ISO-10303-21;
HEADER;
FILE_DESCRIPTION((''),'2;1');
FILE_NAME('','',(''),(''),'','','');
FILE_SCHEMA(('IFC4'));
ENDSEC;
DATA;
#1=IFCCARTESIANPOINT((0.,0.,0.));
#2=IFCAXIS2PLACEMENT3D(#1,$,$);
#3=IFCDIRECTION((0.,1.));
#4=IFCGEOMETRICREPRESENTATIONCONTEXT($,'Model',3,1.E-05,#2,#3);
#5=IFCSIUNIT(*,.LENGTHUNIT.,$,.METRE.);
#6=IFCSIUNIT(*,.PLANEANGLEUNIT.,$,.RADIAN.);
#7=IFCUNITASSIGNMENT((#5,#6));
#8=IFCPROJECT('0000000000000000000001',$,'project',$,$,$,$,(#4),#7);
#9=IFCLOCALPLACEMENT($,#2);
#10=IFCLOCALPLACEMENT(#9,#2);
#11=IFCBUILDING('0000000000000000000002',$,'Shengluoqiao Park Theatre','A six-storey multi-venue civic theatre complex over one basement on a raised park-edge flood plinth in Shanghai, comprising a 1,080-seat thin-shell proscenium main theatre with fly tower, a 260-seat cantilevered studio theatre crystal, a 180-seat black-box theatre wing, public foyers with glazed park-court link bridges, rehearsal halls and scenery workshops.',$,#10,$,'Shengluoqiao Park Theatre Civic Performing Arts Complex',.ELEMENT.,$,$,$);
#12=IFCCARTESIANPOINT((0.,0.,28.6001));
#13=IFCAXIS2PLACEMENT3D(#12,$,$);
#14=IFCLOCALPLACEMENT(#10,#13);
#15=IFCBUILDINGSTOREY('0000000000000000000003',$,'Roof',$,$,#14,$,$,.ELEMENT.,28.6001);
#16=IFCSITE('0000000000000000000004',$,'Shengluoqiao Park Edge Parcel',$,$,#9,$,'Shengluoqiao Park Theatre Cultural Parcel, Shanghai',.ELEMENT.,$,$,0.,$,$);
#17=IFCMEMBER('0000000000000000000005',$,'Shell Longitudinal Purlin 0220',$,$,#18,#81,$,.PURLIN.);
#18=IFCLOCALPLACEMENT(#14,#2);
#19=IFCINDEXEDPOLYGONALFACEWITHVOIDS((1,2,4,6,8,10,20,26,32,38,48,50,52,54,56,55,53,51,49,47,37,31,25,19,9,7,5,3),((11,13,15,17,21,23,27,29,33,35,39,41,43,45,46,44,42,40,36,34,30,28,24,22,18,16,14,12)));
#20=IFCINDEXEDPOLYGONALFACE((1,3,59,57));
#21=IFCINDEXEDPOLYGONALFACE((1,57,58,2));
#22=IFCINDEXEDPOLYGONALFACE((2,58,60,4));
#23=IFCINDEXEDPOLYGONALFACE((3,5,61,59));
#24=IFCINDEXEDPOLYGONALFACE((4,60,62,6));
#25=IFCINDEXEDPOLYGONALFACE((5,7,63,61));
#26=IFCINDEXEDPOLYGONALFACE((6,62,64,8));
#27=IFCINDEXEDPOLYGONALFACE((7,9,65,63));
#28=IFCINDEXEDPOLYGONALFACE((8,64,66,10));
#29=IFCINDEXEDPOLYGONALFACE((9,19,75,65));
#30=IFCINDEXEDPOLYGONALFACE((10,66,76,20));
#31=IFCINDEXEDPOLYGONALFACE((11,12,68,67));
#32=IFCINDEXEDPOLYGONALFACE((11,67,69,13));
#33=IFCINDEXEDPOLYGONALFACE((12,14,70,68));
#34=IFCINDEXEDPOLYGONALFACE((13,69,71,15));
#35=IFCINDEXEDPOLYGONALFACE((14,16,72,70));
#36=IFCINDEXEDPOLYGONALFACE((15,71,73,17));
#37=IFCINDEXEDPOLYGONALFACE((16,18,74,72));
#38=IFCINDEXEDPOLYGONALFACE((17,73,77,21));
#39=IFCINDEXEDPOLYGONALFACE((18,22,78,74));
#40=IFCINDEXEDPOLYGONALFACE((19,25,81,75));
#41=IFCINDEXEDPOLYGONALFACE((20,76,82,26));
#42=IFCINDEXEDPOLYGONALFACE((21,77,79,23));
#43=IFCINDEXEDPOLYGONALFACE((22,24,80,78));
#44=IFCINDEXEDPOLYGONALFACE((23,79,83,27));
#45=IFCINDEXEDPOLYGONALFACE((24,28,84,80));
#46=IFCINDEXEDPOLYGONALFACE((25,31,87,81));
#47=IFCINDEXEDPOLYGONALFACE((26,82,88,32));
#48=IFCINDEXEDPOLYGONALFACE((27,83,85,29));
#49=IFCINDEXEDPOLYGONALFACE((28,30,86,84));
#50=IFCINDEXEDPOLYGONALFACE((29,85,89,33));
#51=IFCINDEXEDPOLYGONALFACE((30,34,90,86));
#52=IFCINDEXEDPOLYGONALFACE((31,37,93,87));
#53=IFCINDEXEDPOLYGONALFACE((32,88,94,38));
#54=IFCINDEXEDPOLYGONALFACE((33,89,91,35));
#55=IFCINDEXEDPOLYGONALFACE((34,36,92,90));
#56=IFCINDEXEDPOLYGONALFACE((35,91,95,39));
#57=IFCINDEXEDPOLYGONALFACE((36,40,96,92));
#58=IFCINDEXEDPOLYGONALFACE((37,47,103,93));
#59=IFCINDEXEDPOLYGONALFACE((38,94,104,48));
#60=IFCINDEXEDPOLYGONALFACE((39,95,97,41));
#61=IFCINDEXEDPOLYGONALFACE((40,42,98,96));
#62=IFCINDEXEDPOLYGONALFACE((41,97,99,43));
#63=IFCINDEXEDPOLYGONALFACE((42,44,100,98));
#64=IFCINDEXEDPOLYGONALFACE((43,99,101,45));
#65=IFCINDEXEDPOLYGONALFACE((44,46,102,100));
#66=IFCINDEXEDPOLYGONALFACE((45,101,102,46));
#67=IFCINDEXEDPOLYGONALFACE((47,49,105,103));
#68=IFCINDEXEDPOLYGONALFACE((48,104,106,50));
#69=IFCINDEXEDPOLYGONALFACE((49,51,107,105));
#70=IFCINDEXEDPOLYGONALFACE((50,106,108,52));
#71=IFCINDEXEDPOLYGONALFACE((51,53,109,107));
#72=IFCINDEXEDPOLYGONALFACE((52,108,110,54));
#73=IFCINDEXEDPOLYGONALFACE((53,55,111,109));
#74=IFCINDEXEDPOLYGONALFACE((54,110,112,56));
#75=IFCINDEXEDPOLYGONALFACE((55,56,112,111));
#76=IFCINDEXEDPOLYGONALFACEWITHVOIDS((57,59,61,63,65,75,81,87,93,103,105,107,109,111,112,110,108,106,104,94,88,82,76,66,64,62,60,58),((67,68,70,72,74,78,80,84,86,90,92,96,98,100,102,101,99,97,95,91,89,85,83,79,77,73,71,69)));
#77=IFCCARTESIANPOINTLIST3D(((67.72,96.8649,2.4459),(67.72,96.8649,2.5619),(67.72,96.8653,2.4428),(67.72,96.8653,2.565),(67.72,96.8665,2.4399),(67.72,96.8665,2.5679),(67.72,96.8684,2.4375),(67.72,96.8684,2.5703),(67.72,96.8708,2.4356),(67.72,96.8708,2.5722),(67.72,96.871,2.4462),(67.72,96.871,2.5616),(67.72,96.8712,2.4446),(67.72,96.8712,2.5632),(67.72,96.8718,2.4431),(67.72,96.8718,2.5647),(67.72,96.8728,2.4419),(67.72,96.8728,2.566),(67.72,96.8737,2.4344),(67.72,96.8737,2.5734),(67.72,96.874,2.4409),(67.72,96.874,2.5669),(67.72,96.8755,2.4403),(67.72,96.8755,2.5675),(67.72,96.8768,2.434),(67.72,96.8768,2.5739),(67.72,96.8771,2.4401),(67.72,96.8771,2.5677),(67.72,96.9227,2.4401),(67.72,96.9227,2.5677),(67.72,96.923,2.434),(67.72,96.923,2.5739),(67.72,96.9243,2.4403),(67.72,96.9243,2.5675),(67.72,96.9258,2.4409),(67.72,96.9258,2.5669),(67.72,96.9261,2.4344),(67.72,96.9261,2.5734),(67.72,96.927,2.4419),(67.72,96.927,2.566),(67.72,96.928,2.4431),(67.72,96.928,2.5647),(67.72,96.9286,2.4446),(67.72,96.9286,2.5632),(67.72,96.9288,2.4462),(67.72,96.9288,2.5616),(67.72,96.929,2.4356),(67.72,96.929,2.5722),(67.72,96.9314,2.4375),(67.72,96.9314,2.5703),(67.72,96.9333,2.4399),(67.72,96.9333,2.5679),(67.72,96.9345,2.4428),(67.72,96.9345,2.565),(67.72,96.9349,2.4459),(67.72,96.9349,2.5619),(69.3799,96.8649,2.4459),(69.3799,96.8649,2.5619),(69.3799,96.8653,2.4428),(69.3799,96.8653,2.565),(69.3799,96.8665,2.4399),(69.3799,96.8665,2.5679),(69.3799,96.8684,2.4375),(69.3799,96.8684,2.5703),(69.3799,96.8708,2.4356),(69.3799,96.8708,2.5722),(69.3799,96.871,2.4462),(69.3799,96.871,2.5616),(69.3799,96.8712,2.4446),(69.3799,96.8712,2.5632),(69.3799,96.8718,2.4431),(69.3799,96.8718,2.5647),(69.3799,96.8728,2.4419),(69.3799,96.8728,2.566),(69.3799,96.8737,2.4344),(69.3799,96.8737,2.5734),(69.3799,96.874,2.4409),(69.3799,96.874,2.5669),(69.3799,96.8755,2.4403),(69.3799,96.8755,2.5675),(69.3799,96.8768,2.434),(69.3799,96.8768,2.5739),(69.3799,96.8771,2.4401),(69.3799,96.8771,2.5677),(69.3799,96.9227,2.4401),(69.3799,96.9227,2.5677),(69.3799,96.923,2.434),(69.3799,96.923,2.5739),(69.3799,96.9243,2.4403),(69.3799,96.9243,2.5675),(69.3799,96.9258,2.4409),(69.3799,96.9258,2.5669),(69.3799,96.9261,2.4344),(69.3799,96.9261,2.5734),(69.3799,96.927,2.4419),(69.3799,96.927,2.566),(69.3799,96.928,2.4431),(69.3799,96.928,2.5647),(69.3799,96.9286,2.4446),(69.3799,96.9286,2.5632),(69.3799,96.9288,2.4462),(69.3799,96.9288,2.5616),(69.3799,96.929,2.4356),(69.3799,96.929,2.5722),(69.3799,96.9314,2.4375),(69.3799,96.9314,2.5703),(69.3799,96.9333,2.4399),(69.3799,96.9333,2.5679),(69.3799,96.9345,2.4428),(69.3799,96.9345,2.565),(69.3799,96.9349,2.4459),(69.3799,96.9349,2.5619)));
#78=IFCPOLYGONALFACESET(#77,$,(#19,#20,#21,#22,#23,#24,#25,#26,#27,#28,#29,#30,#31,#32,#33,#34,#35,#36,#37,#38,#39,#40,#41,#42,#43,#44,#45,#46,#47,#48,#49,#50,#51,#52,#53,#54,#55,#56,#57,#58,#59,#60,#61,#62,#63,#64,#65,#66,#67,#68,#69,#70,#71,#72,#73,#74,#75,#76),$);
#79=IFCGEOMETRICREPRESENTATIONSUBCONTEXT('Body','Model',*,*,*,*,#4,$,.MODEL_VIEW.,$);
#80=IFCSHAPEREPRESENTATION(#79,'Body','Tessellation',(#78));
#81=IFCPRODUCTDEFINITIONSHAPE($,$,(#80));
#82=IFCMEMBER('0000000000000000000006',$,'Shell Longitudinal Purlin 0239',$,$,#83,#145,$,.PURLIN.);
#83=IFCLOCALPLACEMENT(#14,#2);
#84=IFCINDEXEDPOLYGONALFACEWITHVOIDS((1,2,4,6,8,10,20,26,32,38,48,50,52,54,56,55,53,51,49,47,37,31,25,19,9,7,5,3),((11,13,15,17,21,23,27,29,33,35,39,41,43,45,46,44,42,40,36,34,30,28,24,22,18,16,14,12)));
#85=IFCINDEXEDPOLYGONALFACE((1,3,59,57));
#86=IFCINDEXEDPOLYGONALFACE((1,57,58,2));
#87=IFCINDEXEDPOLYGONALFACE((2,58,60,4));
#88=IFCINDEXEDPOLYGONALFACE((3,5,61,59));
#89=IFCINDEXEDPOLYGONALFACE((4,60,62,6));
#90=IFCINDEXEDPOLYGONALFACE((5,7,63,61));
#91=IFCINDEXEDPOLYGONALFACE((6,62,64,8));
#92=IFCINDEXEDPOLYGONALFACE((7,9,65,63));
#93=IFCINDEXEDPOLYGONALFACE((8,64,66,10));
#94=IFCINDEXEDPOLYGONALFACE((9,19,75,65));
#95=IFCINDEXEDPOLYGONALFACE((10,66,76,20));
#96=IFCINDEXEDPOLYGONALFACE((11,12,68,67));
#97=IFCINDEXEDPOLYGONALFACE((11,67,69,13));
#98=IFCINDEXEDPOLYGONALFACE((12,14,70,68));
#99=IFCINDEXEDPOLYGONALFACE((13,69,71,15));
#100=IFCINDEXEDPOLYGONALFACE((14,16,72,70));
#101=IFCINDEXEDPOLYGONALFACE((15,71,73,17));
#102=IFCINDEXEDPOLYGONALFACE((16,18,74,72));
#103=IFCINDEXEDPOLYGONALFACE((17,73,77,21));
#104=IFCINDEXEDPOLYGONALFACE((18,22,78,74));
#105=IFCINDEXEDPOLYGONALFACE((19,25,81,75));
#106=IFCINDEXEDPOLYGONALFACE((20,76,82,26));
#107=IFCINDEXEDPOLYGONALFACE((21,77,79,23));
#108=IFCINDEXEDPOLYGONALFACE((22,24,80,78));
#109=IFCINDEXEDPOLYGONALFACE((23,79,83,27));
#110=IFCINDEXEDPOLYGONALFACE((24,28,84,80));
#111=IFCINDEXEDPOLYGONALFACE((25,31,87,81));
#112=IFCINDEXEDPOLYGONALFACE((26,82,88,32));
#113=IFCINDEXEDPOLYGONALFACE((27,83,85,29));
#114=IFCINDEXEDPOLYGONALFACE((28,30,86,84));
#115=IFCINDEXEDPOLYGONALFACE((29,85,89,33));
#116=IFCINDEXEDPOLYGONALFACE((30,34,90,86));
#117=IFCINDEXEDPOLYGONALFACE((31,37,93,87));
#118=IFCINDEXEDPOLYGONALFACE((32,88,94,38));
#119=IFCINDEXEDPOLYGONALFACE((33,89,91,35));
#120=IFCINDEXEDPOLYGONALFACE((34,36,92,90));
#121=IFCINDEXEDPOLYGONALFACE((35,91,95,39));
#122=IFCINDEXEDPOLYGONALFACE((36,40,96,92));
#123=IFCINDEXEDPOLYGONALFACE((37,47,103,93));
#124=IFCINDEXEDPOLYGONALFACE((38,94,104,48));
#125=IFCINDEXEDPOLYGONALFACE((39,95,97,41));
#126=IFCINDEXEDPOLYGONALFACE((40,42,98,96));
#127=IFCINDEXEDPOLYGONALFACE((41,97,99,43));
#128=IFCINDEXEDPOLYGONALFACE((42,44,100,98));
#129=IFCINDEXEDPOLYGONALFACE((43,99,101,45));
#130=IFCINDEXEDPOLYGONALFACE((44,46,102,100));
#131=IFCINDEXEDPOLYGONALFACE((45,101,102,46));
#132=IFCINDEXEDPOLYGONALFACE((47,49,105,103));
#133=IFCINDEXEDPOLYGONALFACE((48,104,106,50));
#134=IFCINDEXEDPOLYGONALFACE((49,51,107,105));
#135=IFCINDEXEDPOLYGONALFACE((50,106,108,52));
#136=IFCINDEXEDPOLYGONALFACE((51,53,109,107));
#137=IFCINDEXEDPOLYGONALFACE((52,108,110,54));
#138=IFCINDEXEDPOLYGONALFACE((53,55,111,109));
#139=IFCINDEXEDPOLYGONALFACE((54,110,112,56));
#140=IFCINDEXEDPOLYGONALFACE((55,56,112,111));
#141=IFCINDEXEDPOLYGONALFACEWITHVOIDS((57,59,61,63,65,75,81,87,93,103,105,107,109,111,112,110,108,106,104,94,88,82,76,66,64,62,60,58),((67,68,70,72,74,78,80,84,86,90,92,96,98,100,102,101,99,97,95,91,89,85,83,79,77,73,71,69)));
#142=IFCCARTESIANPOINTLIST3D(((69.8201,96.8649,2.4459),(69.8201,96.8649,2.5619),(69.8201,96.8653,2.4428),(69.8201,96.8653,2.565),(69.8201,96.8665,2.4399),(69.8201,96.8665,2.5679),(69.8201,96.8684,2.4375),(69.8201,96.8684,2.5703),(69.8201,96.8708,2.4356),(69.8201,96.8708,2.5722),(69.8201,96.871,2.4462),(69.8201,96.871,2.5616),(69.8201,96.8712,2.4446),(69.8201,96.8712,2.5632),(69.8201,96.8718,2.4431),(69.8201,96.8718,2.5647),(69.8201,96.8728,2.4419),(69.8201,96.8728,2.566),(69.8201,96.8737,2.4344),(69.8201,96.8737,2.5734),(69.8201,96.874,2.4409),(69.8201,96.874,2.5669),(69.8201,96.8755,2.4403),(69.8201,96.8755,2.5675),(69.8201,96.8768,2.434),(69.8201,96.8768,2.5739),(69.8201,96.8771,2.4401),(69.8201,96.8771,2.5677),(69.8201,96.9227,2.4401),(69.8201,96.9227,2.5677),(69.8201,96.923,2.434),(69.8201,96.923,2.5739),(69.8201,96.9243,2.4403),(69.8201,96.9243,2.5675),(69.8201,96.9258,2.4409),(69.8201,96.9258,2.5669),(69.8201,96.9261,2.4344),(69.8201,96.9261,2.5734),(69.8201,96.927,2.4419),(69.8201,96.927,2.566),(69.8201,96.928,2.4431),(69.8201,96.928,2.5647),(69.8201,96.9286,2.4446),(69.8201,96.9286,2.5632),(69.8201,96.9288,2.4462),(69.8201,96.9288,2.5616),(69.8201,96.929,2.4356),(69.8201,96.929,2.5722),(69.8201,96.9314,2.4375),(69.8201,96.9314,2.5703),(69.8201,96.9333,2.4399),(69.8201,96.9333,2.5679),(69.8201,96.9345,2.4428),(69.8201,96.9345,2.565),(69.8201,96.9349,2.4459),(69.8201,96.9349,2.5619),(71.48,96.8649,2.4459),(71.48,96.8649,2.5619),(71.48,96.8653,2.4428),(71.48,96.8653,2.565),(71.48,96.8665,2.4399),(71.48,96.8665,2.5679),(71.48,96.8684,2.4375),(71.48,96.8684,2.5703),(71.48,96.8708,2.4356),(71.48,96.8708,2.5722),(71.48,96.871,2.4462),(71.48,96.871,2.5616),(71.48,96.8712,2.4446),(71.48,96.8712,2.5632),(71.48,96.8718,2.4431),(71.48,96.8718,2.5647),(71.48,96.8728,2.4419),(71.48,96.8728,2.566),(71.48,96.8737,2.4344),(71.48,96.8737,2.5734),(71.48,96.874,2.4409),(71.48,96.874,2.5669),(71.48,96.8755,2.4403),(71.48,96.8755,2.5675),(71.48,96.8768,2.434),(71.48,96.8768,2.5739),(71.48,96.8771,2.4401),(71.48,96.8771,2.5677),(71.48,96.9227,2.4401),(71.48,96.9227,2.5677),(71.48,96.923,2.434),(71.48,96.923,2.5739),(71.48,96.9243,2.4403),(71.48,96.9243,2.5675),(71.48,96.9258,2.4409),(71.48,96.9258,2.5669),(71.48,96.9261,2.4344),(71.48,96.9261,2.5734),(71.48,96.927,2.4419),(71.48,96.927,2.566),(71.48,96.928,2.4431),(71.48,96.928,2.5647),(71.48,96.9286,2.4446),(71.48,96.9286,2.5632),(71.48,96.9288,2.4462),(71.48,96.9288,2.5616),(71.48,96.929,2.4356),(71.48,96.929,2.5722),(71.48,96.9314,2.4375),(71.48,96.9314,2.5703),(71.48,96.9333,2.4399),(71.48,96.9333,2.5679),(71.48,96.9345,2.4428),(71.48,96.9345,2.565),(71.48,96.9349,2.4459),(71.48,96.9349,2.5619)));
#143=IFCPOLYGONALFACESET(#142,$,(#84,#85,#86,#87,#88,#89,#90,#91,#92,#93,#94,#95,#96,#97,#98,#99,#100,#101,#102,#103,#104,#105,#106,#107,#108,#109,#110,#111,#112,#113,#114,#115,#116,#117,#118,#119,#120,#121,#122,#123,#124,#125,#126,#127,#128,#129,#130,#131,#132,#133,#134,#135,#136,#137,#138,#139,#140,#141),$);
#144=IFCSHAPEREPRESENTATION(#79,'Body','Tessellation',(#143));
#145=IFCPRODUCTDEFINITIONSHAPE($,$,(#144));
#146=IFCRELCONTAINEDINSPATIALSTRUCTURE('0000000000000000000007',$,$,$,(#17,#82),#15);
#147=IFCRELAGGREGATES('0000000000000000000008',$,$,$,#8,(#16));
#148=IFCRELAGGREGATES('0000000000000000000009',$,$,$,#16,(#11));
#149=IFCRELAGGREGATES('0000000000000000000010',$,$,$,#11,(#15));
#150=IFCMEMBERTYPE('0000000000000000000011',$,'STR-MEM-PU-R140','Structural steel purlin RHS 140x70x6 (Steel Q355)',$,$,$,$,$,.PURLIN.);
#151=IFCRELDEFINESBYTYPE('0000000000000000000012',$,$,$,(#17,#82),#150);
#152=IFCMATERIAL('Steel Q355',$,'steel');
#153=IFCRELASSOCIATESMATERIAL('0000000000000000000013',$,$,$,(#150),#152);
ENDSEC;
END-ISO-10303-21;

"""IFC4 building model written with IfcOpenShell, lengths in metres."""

from ifc_helpers import new_model, si_unit, direction, frame, origin, origin_2d, place, context, subcontext, project, spatial, hollow_rectangle, extrude, material, material_profile, profile_set, type_object, element, save


model = new_model("IFC4")

# Units and contexts
model_context = context("Model", 3, precision=1e-05, world=origin(), true_north=direction((0.0, 1.0)))
body_context = subcontext(model_context, "Body", "Model", "MODEL_VIEW")
ifc_project = project(units=[si_unit("LENGTHUNIT", "METRE"), si_unit("PLANEANGLEUNIT", "RADIAN")], contexts=[model_context])

# Site, building, storey
site_placement = place(None, origin())
site = spatial("IfcSite", under=ifc_project, at=site_placement, Name="Shengluoqiao Park Edge Parcel", LongName="Shengluoqiao Park Theatre Cultural Parcel, Shanghai", CompositionType="ELEMENT", RefElevation=0.0)
building_placement = place(site_placement, origin())
building = spatial("IfcBuilding", under=site, at=building_placement, Name="Shengluoqiao Park Theatre", Description="A six-storey multi-venue civic theatre complex over one basement on a raised park-edge flood plinth in Shanghai, comprising a 1,080-seat thin-shell proscenium main theatre with fly tower, a 260-seat cantilevered studio theatre crystal, a 180-seat black-box theatre wing, public foyers with glazed park-court link bridges, rehearsal halls and scenery workshops.", LongName="Shengluoqiao Park Theatre Civic Performing Arts Complex", CompositionType="ELEMENT")
storey_placement = place(building_placement, frame((0.0, 0.0, 28.6001)))
storey = spatial("IfcBuildingStorey", under=building, at=storey_placement, Name="Roof", CompositionType="ELEMENT", Elevation=28.6001)

# Shared definitions
ifc_material_1 = material(Name="Steel Q355", Category="steel")

# Members
ifc_material_profile_1 = material_profile(ifc_material_1, hollow_rectangle(XDim=0.0701, YDim=0.1399, WallThickness=0.0061, InnerFilletRadius=0.0061, OuterFilletRadius=0.012, at=origin_2d()), Name="RHS 140x70x6")
ifc_profile_set_1 = profile_set([ifc_material_profile_1], Name="Steel Q355")
member_type_1 = type_object("IfcMemberType", Name="STR-MEM-PU-R140", Description="Structural steel purlin RHS 140x70x6 (Steel Q355)", PredefinedType="PURLIN", material=ifc_profile_set_1)
for number, where, z_axis, x_axis, name in (
    (1, (67.72, 96.8999, 2.5039), (1.0, 0.0, 0.0), (0.0, 1.0, 0.0), "Shell Longitudinal Purlin 0220"),
    (2, (69.8201, 96.8999, 2.5039), (1.0, 0.0, 0.0), (0.0, 1.0, 0.0), "Shell Longitudinal Purlin 0239"),
):
    element("IfcMember", number, at=place(storey_placement, frame(where, z_axis=z_axis, x_axis=x_axis)), inside=storey, type_object=member_type_1, Name=name, PredefinedType="PURLIN", context=body_context, shape_type="SweptSolid", body=[
        extrude(hollow_rectangle(XDim=0.0701, YDim=0.1399, WallThickness=0.0061, InnerFilletRadius=0.0061, OuterFilletRadius=0.012, at=origin_2d()), origin(), (0.0, 0.0, 1.0), 1.6599),
    ])

save(model, "model.ifc")
